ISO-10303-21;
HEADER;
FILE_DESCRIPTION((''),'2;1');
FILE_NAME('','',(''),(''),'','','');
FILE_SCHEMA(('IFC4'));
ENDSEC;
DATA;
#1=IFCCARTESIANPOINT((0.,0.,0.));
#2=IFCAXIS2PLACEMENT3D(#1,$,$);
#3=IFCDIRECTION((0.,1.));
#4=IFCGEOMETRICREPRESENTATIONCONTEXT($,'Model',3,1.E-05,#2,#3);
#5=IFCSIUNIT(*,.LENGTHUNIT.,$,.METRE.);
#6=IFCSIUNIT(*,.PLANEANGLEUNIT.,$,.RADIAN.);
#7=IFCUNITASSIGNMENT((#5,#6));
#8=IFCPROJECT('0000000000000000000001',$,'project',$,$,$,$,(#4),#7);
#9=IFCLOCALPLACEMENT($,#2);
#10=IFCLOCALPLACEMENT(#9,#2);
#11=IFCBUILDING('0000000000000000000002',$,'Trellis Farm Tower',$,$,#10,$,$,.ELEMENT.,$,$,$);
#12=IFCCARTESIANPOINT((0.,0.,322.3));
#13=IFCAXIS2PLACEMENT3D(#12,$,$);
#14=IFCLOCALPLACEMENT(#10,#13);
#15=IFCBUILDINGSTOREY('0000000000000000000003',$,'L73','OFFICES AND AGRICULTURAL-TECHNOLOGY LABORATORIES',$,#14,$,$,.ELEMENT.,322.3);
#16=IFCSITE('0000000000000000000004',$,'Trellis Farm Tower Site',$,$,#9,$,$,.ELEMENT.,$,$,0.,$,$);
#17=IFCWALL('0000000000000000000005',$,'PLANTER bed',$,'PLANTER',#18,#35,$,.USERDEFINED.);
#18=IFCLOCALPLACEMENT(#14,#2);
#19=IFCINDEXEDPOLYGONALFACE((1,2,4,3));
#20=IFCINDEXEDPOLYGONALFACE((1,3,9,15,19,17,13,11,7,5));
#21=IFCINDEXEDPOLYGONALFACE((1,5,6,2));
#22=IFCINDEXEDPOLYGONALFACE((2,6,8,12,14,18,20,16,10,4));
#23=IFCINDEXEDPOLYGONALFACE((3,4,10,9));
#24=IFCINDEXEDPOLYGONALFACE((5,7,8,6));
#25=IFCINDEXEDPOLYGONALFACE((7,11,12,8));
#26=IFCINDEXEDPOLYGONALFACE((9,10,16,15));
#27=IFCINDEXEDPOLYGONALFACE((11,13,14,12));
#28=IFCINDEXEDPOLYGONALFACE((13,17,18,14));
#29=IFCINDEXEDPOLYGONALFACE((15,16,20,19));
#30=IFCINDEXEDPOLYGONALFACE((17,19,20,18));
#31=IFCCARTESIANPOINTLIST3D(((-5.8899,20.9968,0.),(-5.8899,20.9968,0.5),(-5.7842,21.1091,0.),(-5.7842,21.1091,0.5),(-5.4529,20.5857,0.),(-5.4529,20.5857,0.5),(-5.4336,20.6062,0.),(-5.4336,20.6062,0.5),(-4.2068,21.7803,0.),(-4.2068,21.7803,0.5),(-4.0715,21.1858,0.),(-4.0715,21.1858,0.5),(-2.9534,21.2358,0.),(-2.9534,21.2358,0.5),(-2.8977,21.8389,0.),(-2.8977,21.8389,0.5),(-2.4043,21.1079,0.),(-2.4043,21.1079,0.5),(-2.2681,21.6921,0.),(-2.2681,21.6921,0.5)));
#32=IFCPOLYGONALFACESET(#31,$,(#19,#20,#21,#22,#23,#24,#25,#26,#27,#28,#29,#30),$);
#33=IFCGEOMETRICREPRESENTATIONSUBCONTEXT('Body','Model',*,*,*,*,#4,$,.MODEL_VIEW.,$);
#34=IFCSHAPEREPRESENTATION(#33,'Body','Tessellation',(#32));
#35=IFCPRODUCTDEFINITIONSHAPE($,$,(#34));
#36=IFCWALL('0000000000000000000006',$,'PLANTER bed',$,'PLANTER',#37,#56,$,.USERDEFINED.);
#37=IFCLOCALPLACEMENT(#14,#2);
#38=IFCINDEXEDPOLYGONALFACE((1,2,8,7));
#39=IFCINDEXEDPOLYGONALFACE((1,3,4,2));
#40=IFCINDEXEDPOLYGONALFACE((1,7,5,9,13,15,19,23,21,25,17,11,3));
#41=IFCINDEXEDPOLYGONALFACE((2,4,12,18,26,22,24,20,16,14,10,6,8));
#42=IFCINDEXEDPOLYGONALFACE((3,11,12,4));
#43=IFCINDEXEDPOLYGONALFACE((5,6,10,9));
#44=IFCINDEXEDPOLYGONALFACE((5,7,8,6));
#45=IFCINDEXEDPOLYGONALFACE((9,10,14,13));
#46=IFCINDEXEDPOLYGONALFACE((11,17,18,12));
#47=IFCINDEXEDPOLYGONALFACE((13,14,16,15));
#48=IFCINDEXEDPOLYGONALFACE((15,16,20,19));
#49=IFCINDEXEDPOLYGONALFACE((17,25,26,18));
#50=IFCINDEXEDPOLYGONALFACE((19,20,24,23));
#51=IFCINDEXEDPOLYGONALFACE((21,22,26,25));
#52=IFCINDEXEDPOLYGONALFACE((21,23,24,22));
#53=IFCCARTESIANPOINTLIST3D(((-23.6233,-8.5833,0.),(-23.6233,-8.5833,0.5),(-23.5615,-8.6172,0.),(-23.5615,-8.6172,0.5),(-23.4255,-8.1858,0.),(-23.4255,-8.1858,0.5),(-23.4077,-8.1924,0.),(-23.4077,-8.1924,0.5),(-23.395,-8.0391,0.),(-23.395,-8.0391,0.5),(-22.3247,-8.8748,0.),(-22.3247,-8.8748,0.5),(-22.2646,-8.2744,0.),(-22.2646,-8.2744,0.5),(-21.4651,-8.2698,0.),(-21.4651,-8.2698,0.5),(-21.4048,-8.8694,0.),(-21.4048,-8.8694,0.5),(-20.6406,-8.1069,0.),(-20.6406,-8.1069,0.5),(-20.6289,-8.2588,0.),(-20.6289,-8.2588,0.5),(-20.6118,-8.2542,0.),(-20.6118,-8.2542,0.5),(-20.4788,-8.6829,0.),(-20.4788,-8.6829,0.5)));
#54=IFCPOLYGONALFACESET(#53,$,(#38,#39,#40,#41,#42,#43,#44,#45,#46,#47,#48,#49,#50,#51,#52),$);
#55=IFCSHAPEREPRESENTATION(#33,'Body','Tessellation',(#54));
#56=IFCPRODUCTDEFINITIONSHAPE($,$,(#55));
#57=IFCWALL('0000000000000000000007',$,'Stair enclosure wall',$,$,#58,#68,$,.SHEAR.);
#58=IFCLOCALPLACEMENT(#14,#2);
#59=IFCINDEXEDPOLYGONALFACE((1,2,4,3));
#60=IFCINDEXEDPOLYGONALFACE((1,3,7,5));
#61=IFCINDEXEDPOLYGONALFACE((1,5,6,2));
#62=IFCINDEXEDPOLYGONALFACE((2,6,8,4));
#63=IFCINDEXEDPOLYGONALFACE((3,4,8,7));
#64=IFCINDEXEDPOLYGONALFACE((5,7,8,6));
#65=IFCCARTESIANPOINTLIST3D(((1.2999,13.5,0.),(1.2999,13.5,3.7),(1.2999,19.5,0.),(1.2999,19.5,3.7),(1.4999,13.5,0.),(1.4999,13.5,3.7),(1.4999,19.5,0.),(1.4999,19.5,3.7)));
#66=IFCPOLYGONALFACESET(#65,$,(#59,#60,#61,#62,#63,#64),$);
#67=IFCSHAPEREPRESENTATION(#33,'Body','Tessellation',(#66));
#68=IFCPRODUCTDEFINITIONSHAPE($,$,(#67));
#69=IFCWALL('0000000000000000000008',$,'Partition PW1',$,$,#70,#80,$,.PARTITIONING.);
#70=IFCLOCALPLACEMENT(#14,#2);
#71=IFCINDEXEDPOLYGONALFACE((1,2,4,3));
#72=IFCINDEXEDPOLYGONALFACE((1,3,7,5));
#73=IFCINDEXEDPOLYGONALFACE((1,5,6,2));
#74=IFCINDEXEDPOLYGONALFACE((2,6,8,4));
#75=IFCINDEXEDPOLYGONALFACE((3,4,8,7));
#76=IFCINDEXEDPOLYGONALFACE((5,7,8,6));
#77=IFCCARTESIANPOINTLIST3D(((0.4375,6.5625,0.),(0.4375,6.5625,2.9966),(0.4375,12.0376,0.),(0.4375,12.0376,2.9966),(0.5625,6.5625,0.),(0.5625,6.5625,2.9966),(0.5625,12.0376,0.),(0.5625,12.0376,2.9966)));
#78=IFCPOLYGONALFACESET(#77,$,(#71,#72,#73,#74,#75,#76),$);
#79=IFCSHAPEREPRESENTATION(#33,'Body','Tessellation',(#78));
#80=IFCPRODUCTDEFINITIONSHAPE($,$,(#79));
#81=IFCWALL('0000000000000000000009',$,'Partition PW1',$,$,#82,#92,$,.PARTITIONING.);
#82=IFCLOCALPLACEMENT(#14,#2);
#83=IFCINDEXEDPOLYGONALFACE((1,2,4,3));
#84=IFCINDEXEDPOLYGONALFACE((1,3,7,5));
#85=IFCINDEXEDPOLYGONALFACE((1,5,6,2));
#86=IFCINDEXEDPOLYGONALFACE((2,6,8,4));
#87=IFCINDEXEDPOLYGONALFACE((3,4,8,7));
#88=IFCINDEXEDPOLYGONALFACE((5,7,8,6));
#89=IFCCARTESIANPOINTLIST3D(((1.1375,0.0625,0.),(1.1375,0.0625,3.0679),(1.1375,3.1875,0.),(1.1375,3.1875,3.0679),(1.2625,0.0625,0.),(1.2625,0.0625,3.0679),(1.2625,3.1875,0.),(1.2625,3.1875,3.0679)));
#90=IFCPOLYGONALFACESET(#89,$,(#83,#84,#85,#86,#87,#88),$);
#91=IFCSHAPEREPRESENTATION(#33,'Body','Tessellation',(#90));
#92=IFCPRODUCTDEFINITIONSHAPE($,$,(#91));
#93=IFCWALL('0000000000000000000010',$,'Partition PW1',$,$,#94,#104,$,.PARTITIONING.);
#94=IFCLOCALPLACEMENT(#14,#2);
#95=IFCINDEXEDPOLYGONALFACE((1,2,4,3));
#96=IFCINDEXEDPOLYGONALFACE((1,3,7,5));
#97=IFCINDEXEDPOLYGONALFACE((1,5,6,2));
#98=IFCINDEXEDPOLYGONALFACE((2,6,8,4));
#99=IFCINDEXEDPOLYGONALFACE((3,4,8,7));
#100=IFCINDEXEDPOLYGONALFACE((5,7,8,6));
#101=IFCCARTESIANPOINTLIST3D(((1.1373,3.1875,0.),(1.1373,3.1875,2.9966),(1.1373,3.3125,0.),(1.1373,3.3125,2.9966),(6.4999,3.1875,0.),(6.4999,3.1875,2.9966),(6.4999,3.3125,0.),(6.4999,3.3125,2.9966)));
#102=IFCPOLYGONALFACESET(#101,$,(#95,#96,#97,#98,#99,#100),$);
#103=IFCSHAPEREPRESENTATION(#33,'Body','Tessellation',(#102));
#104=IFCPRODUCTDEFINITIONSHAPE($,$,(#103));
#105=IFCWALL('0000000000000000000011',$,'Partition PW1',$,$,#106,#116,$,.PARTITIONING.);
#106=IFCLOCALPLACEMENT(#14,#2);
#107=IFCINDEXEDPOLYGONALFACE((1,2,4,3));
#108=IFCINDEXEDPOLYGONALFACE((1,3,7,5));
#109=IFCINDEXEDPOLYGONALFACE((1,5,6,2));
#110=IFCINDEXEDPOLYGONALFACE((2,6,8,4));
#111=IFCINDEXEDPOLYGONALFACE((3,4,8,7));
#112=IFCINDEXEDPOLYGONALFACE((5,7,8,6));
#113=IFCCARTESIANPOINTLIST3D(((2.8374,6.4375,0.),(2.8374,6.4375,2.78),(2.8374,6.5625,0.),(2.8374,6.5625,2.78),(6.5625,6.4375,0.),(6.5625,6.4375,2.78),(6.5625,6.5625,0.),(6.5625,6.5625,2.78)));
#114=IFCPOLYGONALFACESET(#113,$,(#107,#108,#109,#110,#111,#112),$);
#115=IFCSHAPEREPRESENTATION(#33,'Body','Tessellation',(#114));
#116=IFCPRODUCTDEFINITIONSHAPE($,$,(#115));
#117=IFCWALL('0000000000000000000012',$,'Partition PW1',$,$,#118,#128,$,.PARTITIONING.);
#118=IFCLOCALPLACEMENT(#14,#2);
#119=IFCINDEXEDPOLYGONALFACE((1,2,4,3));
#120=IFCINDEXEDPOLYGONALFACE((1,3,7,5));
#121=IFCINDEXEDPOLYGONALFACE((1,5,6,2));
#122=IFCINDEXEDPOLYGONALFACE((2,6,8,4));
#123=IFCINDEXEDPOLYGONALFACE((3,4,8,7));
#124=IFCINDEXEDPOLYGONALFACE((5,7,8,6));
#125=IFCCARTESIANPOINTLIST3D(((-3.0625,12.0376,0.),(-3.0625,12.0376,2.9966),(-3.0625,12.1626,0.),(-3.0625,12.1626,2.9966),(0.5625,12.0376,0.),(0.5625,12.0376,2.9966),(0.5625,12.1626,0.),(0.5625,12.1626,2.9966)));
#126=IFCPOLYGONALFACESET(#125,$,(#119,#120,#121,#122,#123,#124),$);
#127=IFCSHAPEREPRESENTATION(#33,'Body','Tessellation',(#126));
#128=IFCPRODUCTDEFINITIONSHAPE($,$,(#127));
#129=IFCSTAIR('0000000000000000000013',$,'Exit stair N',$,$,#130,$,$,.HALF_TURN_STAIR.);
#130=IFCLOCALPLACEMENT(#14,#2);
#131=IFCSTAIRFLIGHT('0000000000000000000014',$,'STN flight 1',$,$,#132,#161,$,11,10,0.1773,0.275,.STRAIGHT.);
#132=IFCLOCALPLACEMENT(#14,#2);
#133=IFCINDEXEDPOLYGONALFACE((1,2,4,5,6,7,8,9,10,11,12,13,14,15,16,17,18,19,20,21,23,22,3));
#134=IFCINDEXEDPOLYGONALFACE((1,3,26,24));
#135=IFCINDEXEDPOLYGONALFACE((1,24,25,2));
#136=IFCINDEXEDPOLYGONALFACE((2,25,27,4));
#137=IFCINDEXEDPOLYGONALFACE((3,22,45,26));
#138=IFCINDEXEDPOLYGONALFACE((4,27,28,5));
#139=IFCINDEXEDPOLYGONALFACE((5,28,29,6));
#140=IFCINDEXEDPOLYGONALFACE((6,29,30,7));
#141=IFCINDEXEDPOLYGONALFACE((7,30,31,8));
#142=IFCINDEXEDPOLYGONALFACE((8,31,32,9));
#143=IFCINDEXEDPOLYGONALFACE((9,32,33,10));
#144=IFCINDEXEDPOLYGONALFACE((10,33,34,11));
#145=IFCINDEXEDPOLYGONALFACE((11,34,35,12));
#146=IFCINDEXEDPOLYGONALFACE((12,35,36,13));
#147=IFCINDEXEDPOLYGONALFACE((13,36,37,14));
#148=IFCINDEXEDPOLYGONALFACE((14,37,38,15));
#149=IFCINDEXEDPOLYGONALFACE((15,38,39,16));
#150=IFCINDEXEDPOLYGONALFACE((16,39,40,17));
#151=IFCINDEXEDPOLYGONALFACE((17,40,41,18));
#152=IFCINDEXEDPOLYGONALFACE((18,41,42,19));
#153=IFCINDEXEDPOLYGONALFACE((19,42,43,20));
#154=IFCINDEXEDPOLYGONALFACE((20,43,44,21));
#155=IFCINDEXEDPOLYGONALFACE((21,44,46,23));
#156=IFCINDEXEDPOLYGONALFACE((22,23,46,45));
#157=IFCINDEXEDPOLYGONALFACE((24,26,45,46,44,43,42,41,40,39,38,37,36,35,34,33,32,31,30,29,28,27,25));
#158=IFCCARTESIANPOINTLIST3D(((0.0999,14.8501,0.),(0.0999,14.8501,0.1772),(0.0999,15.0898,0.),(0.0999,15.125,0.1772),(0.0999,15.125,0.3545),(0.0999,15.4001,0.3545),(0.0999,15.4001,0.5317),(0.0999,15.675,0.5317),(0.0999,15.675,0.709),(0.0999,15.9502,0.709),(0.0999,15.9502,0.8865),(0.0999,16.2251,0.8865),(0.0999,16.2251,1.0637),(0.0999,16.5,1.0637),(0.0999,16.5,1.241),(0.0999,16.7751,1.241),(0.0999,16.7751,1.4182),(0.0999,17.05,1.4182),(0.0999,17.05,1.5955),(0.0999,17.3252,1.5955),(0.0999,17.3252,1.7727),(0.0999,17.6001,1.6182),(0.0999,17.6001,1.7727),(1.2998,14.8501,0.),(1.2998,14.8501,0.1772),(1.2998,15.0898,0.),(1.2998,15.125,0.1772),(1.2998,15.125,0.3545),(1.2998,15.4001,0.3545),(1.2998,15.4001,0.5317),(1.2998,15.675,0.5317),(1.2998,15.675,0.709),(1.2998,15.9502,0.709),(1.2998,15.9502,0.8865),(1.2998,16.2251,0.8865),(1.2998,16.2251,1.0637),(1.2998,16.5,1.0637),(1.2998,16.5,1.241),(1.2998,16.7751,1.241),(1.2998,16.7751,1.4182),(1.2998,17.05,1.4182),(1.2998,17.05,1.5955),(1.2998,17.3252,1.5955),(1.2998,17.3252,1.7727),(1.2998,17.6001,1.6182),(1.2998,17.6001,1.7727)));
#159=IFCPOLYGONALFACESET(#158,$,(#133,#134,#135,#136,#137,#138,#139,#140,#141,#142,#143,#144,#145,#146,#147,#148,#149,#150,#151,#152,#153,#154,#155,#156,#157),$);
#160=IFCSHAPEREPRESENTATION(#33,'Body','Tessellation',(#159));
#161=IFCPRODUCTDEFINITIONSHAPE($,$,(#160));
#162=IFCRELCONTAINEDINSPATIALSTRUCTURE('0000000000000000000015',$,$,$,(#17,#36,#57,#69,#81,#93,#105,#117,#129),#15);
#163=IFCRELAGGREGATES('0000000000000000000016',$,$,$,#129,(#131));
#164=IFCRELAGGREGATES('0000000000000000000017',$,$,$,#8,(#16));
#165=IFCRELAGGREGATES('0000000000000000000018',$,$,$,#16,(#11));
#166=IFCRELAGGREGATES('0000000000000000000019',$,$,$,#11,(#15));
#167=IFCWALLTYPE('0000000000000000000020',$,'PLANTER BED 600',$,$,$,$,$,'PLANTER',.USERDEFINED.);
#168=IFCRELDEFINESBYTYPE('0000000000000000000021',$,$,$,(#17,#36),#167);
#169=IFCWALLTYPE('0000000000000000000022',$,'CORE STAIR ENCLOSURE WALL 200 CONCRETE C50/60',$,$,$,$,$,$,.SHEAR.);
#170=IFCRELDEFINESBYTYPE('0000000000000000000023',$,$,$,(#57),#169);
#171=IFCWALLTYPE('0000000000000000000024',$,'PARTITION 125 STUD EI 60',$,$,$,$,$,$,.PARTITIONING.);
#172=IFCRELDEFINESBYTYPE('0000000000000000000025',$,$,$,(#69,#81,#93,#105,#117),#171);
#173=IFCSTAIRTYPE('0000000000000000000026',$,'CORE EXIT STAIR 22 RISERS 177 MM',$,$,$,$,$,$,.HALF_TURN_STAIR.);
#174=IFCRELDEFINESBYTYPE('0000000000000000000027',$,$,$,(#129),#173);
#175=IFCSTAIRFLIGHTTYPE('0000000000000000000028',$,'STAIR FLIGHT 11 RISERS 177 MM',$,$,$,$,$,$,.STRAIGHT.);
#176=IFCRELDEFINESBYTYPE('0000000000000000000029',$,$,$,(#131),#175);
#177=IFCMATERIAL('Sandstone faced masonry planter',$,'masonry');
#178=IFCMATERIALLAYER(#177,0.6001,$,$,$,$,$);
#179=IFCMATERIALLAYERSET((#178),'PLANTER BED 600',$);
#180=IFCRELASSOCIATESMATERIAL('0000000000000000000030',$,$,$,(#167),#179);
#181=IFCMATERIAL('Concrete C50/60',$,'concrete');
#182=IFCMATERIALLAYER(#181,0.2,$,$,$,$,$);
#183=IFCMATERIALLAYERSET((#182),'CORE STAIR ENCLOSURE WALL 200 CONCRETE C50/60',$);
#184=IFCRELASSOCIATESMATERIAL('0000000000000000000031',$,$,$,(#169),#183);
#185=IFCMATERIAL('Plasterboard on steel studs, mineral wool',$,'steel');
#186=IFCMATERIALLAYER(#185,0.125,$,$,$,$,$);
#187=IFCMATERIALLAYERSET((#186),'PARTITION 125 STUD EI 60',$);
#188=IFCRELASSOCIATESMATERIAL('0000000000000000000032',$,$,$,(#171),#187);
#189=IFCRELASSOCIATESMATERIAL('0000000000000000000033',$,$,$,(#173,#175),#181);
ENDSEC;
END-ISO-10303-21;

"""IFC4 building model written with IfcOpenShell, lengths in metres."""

from ifc_helpers import new_model, si_unit, direction, frame, frame_2d, origin, place, context, subcontext, project, spatial, polyline, rectangle, outline, extrude, source, transform, mapped, material, layer, layer_set, type_object, element, aggregate, save


model = new_model("IFC4")

# Units and contexts
model_context = context("Model", 3, precision=1e-05, world=origin(), true_north=direction((0.0, 1.0)))
body_context = subcontext(model_context, "Body", "Model", "MODEL_VIEW")
ifc_project = project(units=[si_unit("LENGTHUNIT", "METRE"), si_unit("PLANEANGLEUNIT", "RADIAN")], contexts=[model_context])

# Site, building, storey
site_placement = place(None, origin())
site = spatial("IfcSite", under=ifc_project, at=site_placement, Name="Trellis Farm Tower Site", CompositionType="ELEMENT", RefElevation=0.0)
building_placement = place(site_placement, origin())
building = spatial("IfcBuilding", under=site, at=building_placement, Name="Trellis Farm Tower", CompositionType="ELEMENT")
storey_placement = place(building_placement, frame((0.0, 0.0, 322.3)))
storey = spatial("IfcBuildingStorey", under=building, at=storey_placement, Name="L73", Description="OFFICES AND AGRICULTURAL-TECHNOLOGY LABORATORIES", CompositionType="ELEMENT", Elevation=322.3)

# Shared definitions
placement_1 = place(storey_placement, origin())

# Walls
ifc_material_1 = material(Name="Sandstone faced masonry planter", Category="masonry")
ifc_layer_1 = layer(ifc_material_1, 0.6001)
ifc_layer_set_1 = layer_set([ifc_layer_1], Name="PLANTER BED 600")
wall_type_1 = type_object("IfcWallType", Name="PLANTER BED 600", ElementType="PLANTER", PredefinedType="USERDEFINED", material=ifc_layer_set_1)
element("IfcWall", 1, at=placement_1, inside=storey, type_object=wall_type_1, Name="PLANTER bed", ObjectType="PLANTER", PredefinedType="USERDEFINED", context=body_context, shape_type="SweptSolid", body=[
    extrude(outline(polyline([(-4.2068, 21.7803), (-2.8977, 21.8389), (-2.2681, 21.6921), (-2.4043, 21.1079), (-2.9534, 21.2358), (-4.0715, 21.1858), (-5.4336, 20.6062), (-5.4529, 20.5857), (-5.8899, 20.9968), (-5.7842, 21.1091), (-4.2068, 21.7803)])), origin(), (0.0, 0.0, 1.0), 0.5),
])
element("IfcWall", 2, at=placement_1, inside=storey, type_object=wall_type_1, Name="PLANTER bed", ObjectType="PLANTER", PredefinedType="USERDEFINED", context=body_context, shape_type="SweptSolid", body=[
    extrude(outline(polyline([(-23.4255, -8.1858), (-23.395, -8.0391), (-22.2646, -8.2744), (-21.4651, -8.2698), (-20.6406, -8.1069), (-20.6118, -8.2542), (-20.6289, -8.2588), (-20.4788, -8.6829), (-21.4048, -8.8694), (-22.3247, -8.8748), (-23.5615, -8.6172), (-23.6233, -8.5833), (-23.4077, -8.1924), (-23.4255, -8.1858)])), origin(), (0.0, 0.0, 1.0), 0.5),
])
ifc_material_2 = material(Name="Concrete C50/60", Category="concrete")
ifc_layer_2 = layer(ifc_material_2, 0.2)
ifc_layer_set_2 = layer_set([ifc_layer_2], Name="CORE STAIR ENCLOSURE WALL 200 CONCRETE C50/60")
wall_type_2 = type_object("IfcWallType", Name="CORE STAIR ENCLOSURE WALL 200 CONCRETE C50/60", PredefinedType="SHEAR", material=ifc_layer_set_2)
shared_shape_1 = source(origin(), body_context, "Body", "SweptSolid", [
    extrude(rectangle(XDim=6.0, YDim=0.2, at=frame_2d((3.0, 0.0))), origin(), (0.0, 0.0, 1.0), 3.7),
])
wall_1_placement = place(storey_placement, frame((1.3999, 13.5, 0.0), z_axis=(0.0, 0.0, 1.0), x_axis=(0.0, 1.0, 0.0)))
element("IfcWall", 3, at=wall_1_placement, inside=storey, type_object=wall_type_2, Name="Stair enclosure wall", PredefinedType="SHEAR", context=body_context, shape_type="MappedRepresentation", body=[
    mapped(shared_shape_1, transform((0.0, 0.0, 0.0))),
])
ifc_material_3 = material(Name="Plasterboard on steel studs, mineral wool", Category="steel")
ifc_layer_3 = layer(ifc_material_3, 0.125)
ifc_layer_set_3 = layer_set([ifc_layer_3], Name="PARTITION 125 STUD EI 60")
wall_type_3 = type_object("IfcWallType", Name="PARTITION 125 STUD EI 60", PredefinedType="PARTITIONING", material=ifc_layer_set_3)
shared_shape_2 = source(origin(), body_context, "Body", "SweptSolid", [
    extrude(rectangle(XDim=5.4751, YDim=0.125, at=frame_2d((2.7375, 0.0))), origin(), (0.0, 0.0, 1.0), 2.9966),
])
wall_2_placement = place(storey_placement, frame((0.5, 12.0376, 0.0), z_axis=(0.0, 0.0, 1.0), x_axis=(0.0, -1.0, 0.0)))
element("IfcWall", 4, at=wall_2_placement, inside=storey, type_object=wall_type_3, Name="Partition PW1", PredefinedType="PARTITIONING", context=body_context, shape_type="MappedRepresentation", body=[
    mapped(shared_shape_2, transform((0.0, 0.0, 0.0))),
])
shared_shape_3 = source(origin(), body_context, "Body", "SweptSolid", [
    extrude(rectangle(XDim=3.125, YDim=0.125, at=frame_2d((1.5625, 0.0))), origin(), (0.0, 0.0, 1.0), 3.0679),
])
wall_3_placement = place(storey_placement, frame((1.2, 3.1875, 0.0), z_axis=(0.0, 0.0, 1.0), x_axis=(0.0, -1.0, 0.0)))
element("IfcWall", 5, at=wall_3_placement, inside=storey, type_object=wall_type_3, Name="Partition PW1", PredefinedType="PARTITIONING", context=body_context, shape_type="MappedRepresentation", body=[
    mapped(shared_shape_3, transform((0.0, 0.0, 0.0))),
])
shared_shape_4 = source(origin(), body_context, "Body", "SweptSolid", [
    extrude(rectangle(XDim=5.3625, YDim=0.125, at=frame_2d((2.6812, 0.0))), origin(), (0.0, 0.0, 1.0), 2.9966),
])
wall_4_placement = place(storey_placement, frame((1.1375, 3.25, 0.0), z_axis=(0.0, 0.0, 1.0), x_axis=(1.0, 0.0, 0.0)))
element("IfcWall", 6, at=wall_4_placement, inside=storey, type_object=wall_type_3, Name="Partition PW1", PredefinedType="PARTITIONING", context=body_context, shape_type="MappedRepresentation", body=[
    mapped(shared_shape_4, transform((0.0, 0.0, 0.0))),
])
shared_shape_5 = source(origin(), body_context, "Body", "SweptSolid", [
    extrude(rectangle(XDim=3.7251, YDim=0.125, at=frame_2d((1.8625, 0.0))), origin(), (0.0, 0.0, 1.0), 2.78),
])
wall_5_placement = place(storey_placement, frame((2.8374, 6.5, 0.0), z_axis=(0.0, 0.0, 1.0), x_axis=(1.0, 0.0, 0.0)))
element("IfcWall", 7, at=wall_5_placement, inside=storey, type_object=wall_type_3, Name="Partition PW1", PredefinedType="PARTITIONING", context=body_context, shape_type="MappedRepresentation", body=[
    mapped(shared_shape_5, transform((0.0, 0.0, 0.0))),
])
shared_shape_6 = source(origin(), body_context, "Body", "SweptSolid", [
    extrude(rectangle(XDim=3.625, YDim=0.125, at=frame_2d((1.8125, 0.0))), origin(), (0.0, 0.0, 1.0), 2.9966),
])
wall_6_placement = place(storey_placement, frame((0.5625, 12.1001, 0.0), z_axis=(0.0, 0.0, 1.0), x_axis=(-1.0, 0.0, 0.0)))
element("IfcWall", 8, at=wall_6_placement, inside=storey, type_object=wall_type_3, Name="Partition PW1", PredefinedType="PARTITIONING", context=body_context, shape_type="MappedRepresentation", body=[
    mapped(shared_shape_6, transform((0.0, 0.0, 0.0))),
])

# Stair, stair flight
stair_type = type_object("IfcStairType", Name="CORE EXIT STAIR 22 RISERS 177 MM", PredefinedType="HALF_TURN_STAIR", material=ifc_material_2)
stair = element("IfcStair", 9, at=placement_1, inside=storey, type_object=stair_type, Name="Exit stair N", PredefinedType="HALF_TURN_STAIR")
stair_flight_type = type_object("IfcStairFlightType", Name="STAIR FLIGHT 11 RISERS 177 MM", PredefinedType="STRAIGHT", material=ifc_material_2)
shared_shape_7 = source(origin(), body_context, "Body", "SweptSolid", [
    extrude(outline(polyline([(0.0, 0.0), (0.0, 0.1772), (0.2749, 0.1772), (0.2749, 0.3545), (0.55, 0.3545), (0.55, 0.5317), (0.825, 0.5317), (0.825, 0.709), (1.1001, 0.709), (1.1001, 0.8865), (1.375, 0.8865), (1.375, 1.0637), (1.6499, 1.0637), (1.6499, 1.241), (1.925, 1.241), (1.925, 1.4182), (2.2, 1.4182), (2.2, 1.5955), (2.4751, 1.5955), (2.4751, 1.7727), (2.75, 1.7727), (2.75, 1.95), (2.75, 1.6182), (0.2397, 0.0), (0.0, 0.0)])), frame((0.0, 0.6001, 0.0), z_axis=(0.0, -1.0, 0.0), x_axis=(1.0, 0.0, 0.0)), (0.0, 0.0, 1.0), 1.2),
])
stair_flight_placement = place(storey_placement, frame((0.7, 14.8501, 0.0), z_axis=(0.0, 0.0, 1.0), x_axis=(0.0, 1.0, 0.0)))
stair_flight = element("IfcStairFlight", 10, at=stair_flight_placement, type_object=stair_flight_type, Name="STN flight 1", NumberOfRisers=11, NumberOfTreads=10, PredefinedType="STRAIGHT", RiserHeight=0.1773, TreadLength=0.275, context=body_context, shape_type="MappedRepresentation", body=[
    mapped(shared_shape_7, transform((0.0, 0.0, 0.0))),
])
aggregate(stair, [stair_flight])

save(model, "model.ifc")
